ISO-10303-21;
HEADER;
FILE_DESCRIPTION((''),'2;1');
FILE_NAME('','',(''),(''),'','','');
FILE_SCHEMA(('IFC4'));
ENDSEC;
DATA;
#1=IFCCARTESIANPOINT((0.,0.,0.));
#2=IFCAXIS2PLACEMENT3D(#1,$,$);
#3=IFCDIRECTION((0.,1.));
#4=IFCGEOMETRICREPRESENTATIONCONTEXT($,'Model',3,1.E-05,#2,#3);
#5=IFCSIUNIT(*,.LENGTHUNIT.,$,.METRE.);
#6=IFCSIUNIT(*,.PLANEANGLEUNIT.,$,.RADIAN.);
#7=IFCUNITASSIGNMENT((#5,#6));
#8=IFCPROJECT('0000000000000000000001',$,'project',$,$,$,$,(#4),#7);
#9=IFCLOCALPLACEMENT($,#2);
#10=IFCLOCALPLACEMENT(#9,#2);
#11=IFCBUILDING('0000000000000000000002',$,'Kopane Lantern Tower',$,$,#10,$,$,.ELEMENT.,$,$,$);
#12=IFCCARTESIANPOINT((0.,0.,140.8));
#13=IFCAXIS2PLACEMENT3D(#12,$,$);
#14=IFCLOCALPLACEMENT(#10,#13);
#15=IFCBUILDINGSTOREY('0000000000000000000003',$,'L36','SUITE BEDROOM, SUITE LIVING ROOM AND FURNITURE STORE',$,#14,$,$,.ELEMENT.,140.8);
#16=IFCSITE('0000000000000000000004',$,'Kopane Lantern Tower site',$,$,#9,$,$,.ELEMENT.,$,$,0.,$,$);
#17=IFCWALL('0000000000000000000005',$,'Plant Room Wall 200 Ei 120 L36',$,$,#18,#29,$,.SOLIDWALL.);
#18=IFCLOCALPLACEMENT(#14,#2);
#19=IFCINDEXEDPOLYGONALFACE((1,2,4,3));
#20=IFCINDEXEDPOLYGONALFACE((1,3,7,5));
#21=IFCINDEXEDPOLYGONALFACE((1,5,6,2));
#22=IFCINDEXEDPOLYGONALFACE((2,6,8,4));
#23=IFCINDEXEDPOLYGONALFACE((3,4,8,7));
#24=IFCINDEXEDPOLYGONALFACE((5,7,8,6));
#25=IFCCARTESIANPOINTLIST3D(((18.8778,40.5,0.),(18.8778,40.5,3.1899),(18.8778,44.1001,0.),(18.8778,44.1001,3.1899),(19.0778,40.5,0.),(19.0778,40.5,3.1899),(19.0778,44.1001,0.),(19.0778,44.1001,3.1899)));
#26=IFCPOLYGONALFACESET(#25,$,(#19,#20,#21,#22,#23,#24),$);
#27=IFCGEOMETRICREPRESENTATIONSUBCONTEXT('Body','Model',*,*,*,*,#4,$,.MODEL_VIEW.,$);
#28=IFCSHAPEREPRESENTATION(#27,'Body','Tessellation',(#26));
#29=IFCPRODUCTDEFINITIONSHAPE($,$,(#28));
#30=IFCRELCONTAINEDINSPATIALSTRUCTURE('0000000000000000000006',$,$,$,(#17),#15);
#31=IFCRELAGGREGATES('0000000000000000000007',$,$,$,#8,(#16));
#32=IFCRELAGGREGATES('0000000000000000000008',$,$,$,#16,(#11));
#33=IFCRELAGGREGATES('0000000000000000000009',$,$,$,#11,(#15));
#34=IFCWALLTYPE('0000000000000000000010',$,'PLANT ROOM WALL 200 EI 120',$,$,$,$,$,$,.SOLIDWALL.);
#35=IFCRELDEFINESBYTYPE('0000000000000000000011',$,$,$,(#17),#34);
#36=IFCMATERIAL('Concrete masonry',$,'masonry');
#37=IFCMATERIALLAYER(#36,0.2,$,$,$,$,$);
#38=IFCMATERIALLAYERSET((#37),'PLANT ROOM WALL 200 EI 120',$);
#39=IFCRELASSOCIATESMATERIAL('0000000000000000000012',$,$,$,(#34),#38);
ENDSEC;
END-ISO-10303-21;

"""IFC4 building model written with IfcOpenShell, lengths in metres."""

from ifc_helpers import new_model, si_unit, direction, frame, frame_2d, origin, place, context, subcontext, project, spatial, rectangle, extrude, material, layer, layer_set, type_object, element, save


model = new_model("IFC4")

# Units and contexts
model_context = context("Model", 3, precision=1e-05, world=origin(), true_north=direction((0.0, 1.0)))
body_context = subcontext(model_context, "Body", "Model", "MODEL_VIEW")
ifc_project = project(units=[si_unit("LENGTHUNIT", "METRE"), si_unit("PLANEANGLEUNIT", "RADIAN")], contexts=[model_context])

# Site, building, storey
site_placement = place(None, origin())
site = spatial("IfcSite", under=ifc_project, at=site_placement, Name="Kopane Lantern Tower site", CompositionType="ELEMENT", RefElevation=0.0)
building_placement = place(site_placement, origin())
building = spatial("IfcBuilding", under=site, at=building_placement, Name="Kopane Lantern Tower", CompositionType="ELEMENT")
storey_placement = place(building_placement, frame((0.0, 0.0, 140.8)))
storey = spatial("IfcBuildingStorey", under=building, at=storey_placement, Name="L36", Description="SUITE BEDROOM, SUITE LIVING ROOM AND FURNITURE STORE", CompositionType="ELEMENT", Elevation=140.8)

# Wall
ifc_material_1 = material(Name="Concrete masonry", Category="masonry")
ifc_layer_1 = layer(ifc_material_1, 0.2)
ifc_layer_set_1 = layer_set([ifc_layer_1], Name="PLANT ROOM WALL 200 EI 120")
wall_type_1 = type_object("IfcWallType", Name="PLANT ROOM WALL 200 EI 120", PredefinedType="SOLIDWALL", material=ifc_layer_set_1)
wall_1_placement = place(storey_placement, frame((18.9778, 44.1001, 0.0), z_axis=(0.0, 0.0, 1.0), x_axis=(0.0, -1.0, 0.0)))
element("IfcWall", 1, at=wall_1_placement, inside=storey, type_object=wall_type_1, Name="Plant Room Wall 200 Ei 120 L36", PredefinedType="SOLIDWALL", context=body_context, shape_type="SweptSolid", body=[
    extrude(rectangle(XDim=3.6001, YDim=0.2, at=frame_2d((1.8, 0.0))), origin(), (0.0, 0.0, 1.0), 3.1899),
])

save(model, "model.ifc")
